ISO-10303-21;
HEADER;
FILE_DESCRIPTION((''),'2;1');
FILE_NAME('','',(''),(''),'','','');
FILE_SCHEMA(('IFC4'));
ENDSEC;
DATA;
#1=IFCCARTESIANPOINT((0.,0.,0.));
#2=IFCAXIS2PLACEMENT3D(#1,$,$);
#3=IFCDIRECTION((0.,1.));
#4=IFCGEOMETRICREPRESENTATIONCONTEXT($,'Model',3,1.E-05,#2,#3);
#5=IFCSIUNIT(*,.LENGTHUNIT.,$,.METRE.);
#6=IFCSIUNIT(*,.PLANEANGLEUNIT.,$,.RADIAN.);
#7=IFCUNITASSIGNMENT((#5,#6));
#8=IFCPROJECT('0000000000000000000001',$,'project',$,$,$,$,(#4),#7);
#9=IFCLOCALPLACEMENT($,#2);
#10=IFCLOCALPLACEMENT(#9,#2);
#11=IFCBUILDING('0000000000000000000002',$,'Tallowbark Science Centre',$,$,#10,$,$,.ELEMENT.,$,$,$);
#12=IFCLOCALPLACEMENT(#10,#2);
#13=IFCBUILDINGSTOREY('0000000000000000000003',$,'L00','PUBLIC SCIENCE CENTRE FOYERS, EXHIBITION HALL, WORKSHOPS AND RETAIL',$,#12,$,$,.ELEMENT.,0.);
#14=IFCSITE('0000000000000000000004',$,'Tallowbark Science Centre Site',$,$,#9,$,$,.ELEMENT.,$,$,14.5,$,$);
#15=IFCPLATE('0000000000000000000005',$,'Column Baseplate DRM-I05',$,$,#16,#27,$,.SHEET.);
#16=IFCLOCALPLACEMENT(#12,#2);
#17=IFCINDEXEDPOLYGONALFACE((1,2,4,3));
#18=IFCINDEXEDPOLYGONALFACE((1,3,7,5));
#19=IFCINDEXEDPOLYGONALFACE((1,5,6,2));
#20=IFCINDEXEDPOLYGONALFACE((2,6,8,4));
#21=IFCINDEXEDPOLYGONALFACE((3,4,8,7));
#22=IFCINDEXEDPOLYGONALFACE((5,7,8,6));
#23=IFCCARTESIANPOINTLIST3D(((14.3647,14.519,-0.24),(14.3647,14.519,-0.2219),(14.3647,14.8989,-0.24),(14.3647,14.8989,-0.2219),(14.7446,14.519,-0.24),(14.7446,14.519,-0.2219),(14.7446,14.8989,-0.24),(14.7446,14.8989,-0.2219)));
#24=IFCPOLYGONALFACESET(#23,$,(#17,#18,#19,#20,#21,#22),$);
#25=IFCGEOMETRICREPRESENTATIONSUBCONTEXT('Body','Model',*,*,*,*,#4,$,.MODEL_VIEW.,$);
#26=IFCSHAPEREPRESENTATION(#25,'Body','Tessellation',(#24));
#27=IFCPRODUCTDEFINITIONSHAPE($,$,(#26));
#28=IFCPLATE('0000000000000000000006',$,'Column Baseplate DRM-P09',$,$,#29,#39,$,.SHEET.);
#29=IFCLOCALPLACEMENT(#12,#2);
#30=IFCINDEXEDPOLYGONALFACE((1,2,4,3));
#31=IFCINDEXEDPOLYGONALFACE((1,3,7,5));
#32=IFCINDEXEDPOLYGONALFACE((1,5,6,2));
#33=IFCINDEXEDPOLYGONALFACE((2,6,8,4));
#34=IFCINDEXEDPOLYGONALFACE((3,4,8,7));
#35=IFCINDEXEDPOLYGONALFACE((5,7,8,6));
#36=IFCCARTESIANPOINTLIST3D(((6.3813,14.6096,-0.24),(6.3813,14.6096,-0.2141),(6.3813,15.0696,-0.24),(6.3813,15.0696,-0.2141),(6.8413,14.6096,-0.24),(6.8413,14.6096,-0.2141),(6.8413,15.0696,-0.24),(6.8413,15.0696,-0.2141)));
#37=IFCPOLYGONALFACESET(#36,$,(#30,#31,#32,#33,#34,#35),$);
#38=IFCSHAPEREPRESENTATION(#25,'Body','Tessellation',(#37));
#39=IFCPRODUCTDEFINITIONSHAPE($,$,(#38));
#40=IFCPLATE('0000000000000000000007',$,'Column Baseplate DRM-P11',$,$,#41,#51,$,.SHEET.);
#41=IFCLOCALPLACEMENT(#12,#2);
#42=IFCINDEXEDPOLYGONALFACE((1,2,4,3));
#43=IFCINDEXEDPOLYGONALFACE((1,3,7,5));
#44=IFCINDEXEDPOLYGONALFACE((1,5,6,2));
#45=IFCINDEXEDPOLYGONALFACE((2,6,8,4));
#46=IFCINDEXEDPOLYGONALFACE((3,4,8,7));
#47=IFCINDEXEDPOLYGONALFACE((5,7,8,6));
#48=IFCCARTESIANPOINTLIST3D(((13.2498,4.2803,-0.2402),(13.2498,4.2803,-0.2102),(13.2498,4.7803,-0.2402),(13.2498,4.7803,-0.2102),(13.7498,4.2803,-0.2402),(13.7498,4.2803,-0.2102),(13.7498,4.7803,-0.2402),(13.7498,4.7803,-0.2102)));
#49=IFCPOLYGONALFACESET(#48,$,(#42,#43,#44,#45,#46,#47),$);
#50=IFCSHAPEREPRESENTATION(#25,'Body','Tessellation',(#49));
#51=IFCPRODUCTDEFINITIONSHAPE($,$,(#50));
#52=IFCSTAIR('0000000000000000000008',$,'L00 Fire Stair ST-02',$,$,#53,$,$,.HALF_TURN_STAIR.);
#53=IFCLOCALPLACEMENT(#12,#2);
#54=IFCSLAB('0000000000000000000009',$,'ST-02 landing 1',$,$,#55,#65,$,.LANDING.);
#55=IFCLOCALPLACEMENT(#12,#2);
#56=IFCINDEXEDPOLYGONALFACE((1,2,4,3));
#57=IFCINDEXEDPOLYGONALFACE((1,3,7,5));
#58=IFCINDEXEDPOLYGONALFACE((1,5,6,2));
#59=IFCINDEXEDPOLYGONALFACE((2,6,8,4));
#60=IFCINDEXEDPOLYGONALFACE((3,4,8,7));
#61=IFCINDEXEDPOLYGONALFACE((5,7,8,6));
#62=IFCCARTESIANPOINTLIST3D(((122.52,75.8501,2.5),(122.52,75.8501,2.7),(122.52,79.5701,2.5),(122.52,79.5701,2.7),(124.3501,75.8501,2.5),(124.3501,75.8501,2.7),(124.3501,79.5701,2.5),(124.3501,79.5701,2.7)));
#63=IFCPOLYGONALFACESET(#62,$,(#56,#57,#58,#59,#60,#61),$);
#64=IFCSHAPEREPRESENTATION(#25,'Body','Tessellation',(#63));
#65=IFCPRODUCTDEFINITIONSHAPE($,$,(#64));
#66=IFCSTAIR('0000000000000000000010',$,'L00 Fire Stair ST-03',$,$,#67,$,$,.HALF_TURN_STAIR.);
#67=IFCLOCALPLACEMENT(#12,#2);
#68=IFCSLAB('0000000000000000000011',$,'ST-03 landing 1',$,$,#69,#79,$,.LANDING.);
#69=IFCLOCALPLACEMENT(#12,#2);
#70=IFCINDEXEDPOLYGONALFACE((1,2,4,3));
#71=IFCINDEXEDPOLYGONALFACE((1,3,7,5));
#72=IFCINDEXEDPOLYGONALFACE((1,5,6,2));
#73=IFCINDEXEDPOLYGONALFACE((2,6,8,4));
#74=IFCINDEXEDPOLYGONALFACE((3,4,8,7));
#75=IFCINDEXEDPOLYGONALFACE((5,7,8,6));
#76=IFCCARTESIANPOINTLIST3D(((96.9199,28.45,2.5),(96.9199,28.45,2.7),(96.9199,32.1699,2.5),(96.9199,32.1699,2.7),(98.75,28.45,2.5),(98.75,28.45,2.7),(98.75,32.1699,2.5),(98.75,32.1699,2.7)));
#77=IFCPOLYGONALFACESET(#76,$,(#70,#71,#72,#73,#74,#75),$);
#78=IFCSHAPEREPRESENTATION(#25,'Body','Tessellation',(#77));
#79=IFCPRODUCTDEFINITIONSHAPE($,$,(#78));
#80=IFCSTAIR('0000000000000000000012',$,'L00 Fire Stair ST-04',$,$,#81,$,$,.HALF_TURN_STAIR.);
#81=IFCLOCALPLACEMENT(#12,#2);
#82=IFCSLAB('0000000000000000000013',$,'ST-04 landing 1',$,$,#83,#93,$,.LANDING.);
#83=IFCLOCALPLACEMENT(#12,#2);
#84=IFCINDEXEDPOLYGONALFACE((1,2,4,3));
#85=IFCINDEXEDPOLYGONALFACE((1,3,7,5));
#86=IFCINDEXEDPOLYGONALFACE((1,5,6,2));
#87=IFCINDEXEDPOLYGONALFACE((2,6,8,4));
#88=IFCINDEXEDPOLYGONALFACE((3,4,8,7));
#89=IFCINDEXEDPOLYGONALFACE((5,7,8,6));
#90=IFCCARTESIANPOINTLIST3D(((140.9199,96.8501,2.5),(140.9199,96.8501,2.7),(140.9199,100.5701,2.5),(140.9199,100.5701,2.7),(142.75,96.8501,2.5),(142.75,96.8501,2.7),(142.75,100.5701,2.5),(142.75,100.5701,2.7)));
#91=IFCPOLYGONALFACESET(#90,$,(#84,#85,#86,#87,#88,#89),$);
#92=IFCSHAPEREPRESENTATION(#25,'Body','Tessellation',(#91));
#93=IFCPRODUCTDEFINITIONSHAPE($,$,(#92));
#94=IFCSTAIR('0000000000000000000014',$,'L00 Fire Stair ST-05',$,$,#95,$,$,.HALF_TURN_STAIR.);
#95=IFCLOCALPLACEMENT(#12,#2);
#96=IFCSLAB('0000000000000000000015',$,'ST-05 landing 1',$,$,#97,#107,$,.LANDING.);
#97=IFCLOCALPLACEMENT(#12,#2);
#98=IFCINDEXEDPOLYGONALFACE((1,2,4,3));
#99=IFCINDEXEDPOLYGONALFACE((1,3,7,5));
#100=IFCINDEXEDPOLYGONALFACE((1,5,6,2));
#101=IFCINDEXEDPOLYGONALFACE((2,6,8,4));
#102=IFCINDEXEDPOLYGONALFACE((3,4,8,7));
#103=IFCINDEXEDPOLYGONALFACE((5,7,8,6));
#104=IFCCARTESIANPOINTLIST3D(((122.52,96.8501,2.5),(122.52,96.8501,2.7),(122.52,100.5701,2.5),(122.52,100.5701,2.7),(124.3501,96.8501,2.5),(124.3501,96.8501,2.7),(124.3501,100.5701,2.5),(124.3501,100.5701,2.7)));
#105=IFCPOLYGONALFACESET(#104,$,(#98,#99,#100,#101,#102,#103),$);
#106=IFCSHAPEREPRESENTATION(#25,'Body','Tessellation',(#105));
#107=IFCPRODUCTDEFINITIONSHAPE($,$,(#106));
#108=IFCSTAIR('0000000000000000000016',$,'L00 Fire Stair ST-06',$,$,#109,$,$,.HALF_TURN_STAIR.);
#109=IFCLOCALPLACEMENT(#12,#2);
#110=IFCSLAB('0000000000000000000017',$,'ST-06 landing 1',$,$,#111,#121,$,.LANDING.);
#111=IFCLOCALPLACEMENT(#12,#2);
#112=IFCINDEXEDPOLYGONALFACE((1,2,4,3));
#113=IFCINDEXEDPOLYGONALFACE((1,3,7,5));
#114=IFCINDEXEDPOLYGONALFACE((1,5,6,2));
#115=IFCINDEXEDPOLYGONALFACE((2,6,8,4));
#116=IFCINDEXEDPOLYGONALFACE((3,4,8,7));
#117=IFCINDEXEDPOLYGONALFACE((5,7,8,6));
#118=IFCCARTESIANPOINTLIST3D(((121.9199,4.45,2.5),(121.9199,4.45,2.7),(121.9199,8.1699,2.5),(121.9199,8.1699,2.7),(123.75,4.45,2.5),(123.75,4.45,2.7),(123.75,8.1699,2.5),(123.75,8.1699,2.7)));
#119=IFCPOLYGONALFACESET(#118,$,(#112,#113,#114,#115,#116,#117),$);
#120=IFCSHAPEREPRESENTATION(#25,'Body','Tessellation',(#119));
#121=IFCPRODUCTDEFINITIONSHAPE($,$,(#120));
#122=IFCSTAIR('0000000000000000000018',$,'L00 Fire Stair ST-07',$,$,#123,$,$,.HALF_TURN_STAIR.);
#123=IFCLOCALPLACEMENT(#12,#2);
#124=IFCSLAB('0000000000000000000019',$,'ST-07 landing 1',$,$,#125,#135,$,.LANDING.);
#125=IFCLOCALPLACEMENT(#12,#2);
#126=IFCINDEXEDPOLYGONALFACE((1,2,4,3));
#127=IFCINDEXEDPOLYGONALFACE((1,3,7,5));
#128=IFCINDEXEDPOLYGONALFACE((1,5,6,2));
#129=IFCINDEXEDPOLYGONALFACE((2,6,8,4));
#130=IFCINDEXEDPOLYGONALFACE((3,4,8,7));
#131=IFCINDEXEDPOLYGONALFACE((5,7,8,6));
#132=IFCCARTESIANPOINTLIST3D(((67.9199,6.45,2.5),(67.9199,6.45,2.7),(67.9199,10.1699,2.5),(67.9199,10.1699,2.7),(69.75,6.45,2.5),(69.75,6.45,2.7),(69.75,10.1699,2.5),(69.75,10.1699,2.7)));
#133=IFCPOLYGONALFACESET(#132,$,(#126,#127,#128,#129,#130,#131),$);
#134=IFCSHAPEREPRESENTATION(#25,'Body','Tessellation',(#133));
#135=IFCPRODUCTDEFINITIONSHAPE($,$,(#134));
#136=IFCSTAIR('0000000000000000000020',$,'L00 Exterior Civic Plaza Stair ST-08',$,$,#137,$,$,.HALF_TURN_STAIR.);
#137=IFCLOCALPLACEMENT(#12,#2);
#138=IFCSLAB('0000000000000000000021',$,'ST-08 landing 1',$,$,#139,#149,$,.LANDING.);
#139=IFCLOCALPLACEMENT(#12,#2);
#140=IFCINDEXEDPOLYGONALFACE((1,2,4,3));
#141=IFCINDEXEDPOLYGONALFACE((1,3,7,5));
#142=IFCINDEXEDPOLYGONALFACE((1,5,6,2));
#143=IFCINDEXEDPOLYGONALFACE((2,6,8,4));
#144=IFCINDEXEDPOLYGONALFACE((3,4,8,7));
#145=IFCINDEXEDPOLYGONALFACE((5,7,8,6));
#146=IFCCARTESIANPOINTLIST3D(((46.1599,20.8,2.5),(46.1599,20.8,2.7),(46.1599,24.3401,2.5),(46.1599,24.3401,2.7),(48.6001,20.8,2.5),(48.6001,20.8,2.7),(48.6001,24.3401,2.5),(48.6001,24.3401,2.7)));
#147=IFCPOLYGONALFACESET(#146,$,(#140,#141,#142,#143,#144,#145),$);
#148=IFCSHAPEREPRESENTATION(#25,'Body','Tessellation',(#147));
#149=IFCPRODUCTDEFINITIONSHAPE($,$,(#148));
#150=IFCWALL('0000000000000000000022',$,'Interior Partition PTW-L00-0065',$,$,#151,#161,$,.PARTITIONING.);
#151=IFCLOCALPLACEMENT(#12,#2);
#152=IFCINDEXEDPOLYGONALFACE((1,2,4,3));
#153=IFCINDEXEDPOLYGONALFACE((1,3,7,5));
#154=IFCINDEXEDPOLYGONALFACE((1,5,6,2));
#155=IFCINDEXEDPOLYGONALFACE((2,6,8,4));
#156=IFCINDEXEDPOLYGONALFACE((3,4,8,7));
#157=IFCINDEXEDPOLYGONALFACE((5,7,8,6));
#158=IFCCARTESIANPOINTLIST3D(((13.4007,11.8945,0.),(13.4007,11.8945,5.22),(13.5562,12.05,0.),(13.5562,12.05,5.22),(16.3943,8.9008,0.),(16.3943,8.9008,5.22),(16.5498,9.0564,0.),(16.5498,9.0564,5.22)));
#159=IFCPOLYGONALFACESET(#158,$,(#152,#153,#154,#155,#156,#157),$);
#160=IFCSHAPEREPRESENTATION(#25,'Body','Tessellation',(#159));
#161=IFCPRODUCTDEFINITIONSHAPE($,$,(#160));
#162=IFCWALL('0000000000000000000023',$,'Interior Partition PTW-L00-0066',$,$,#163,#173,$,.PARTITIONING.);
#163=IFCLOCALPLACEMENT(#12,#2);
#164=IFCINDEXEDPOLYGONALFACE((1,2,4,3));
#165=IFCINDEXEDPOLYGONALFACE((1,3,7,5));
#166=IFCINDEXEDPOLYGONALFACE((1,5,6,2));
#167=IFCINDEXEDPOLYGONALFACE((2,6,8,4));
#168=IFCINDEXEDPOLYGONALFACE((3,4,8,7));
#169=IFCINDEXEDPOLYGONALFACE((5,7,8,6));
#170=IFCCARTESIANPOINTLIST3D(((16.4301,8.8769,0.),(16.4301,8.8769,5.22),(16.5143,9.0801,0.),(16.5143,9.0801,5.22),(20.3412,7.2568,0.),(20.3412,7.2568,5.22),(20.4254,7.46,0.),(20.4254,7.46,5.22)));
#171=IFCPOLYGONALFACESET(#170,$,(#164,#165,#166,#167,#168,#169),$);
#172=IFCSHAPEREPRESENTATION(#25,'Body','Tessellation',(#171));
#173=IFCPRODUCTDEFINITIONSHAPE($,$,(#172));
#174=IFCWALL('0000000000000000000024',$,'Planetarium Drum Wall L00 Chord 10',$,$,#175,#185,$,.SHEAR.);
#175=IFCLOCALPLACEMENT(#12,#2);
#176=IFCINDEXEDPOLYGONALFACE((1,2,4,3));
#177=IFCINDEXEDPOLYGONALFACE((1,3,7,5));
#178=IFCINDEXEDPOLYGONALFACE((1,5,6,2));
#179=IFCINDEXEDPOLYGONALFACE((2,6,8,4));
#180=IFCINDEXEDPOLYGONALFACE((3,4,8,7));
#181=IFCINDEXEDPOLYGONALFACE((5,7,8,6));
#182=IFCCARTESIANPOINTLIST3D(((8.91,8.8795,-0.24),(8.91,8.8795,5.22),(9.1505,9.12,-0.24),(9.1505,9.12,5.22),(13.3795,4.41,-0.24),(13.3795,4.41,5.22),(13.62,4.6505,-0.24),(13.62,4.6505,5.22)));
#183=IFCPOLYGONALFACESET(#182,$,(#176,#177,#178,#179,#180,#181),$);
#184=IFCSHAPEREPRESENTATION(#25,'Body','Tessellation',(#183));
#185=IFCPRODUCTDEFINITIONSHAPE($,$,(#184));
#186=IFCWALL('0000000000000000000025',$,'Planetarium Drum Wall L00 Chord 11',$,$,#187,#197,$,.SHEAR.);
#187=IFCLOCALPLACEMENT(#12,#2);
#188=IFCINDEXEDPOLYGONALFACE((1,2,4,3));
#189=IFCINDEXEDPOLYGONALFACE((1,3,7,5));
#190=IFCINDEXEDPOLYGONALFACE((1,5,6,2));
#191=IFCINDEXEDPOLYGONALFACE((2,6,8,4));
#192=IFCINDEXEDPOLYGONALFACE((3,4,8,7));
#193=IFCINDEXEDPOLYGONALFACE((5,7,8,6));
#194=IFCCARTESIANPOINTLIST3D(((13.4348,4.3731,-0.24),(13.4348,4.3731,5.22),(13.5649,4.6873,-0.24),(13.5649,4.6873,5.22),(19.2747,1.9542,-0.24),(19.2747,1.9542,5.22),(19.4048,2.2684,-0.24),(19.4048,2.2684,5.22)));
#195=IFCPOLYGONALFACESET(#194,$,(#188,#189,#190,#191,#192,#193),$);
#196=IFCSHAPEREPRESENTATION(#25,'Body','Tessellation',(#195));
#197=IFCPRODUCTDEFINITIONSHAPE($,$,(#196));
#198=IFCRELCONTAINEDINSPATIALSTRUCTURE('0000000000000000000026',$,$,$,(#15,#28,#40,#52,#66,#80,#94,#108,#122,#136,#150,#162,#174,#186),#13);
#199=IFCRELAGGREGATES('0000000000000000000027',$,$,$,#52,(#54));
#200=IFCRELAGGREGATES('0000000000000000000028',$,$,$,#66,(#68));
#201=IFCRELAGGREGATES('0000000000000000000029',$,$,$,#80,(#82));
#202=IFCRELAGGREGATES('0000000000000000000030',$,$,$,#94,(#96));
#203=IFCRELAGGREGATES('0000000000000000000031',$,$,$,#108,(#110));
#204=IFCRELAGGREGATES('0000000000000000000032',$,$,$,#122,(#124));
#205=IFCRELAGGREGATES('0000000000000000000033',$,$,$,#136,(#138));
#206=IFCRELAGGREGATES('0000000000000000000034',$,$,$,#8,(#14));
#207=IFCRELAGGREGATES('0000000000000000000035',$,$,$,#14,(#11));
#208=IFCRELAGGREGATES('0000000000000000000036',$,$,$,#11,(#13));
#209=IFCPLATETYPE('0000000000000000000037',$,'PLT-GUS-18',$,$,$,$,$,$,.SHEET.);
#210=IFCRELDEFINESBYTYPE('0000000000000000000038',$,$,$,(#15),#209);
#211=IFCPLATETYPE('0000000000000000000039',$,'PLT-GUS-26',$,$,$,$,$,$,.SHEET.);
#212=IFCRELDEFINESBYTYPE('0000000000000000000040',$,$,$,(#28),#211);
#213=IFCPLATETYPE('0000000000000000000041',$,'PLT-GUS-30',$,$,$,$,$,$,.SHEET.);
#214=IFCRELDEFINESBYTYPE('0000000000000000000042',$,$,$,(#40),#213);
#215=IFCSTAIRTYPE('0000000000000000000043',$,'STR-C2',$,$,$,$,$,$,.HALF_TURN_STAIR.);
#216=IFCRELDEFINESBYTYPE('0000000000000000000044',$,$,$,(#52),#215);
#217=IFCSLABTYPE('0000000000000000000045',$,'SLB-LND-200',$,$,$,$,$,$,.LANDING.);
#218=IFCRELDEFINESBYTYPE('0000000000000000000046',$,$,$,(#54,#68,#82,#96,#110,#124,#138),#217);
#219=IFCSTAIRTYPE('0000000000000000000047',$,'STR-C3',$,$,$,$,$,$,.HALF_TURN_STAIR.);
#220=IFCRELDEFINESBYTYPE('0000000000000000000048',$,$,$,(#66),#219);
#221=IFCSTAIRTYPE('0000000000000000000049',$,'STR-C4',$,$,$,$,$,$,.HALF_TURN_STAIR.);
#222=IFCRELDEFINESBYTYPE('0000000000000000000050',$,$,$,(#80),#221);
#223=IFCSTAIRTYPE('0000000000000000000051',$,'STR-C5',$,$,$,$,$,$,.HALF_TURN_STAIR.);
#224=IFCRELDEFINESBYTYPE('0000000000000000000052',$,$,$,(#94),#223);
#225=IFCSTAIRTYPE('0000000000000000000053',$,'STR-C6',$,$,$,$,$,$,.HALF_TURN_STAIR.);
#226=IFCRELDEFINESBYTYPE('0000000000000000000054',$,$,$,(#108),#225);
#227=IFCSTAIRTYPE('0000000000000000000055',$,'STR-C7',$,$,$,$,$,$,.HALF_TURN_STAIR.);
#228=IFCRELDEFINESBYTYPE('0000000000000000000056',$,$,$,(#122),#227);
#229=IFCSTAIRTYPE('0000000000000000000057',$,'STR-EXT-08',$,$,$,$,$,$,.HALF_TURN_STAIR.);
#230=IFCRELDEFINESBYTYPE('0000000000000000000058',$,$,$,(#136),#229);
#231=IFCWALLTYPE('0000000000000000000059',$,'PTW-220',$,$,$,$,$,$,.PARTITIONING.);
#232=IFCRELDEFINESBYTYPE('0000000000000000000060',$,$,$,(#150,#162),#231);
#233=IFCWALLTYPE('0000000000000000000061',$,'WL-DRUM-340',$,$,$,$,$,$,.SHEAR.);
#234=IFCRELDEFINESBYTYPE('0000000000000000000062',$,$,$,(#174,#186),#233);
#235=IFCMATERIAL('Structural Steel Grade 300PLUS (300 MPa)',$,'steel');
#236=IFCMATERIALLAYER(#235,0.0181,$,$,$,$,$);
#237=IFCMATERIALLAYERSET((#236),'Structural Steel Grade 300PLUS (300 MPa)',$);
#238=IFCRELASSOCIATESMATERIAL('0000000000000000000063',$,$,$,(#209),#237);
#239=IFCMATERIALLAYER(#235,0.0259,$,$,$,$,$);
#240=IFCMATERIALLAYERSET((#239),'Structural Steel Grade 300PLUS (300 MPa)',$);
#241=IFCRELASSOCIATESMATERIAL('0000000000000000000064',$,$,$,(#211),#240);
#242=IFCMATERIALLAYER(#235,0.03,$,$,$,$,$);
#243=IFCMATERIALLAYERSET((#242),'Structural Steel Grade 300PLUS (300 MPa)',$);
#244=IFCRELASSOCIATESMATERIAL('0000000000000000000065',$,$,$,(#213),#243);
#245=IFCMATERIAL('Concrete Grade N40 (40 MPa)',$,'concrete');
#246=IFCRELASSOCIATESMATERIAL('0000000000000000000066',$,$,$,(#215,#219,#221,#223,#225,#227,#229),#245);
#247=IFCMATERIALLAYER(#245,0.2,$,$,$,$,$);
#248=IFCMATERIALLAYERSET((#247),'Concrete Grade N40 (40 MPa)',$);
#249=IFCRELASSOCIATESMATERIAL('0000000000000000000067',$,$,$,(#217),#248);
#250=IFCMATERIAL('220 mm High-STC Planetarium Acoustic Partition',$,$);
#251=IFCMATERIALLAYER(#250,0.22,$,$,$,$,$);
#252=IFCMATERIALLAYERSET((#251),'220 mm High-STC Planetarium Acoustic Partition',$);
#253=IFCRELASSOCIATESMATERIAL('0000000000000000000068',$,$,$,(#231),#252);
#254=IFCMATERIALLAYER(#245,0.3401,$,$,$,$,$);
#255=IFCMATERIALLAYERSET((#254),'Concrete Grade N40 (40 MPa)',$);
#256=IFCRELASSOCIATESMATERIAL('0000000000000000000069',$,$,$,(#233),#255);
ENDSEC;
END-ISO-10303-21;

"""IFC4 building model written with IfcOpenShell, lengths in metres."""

from ifc_helpers import new_model, si_unit, direction, frame, frame_2d, origin, origin_2d, place, context, subcontext, project, spatial, polyline, rectangle, outline, extrude, material, layer, layer_set, type_object, element, aggregate, save


model = new_model("IFC4")

# Units and contexts
model_context = context("Model", 3, precision=1e-05, world=origin(), true_north=direction((0.0, 1.0)))
body_context = subcontext(model_context, "Body", "Model", "MODEL_VIEW")
ifc_project = project(units=[si_unit("LENGTHUNIT", "METRE"), si_unit("PLANEANGLEUNIT", "RADIAN")], contexts=[model_context])

# Site, building, storey
site_placement = place(None, origin())
site = spatial("IfcSite", under=ifc_project, at=site_placement, Name="Tallowbark Science Centre Site", CompositionType="ELEMENT", RefElevation=14.5)
building_placement = place(site_placement, origin())
building = spatial("IfcBuilding", under=site, at=building_placement, Name="Tallowbark Science Centre", CompositionType="ELEMENT")
storey_placement = place(building_placement, origin())
storey = spatial("IfcBuildingStorey", under=building, at=storey_placement, Name="L00", Description="PUBLIC SCIENCE CENTRE FOYERS, EXHIBITION HALL, WORKSHOPS AND RETAIL", CompositionType="ELEMENT", Elevation=0.0)

# Shared definitions
ifc_material_1 = material(Name="Concrete Grade N40 (40 MPa)", Category="concrete")

# Shared definitions
ifc_material_2 = material(Name="Structural Steel Grade 300PLUS (300 MPa)", Category="steel")

# Plates
ifc_layer_1 = layer(ifc_material_2, 0.0181)
ifc_layer_set_1 = layer_set([ifc_layer_1], Name="Structural Steel Grade 300PLUS (300 MPa)")
plate_type_1 = type_object("IfcPlateType", Name="PLT-GUS-18", PredefinedType="SHEET", material=ifc_layer_set_1)
plate_1_placement = place(storey_placement, frame((14.5547, 14.709, -0.24), z_axis=(0.0, 0.0, 1.0), x_axis=(1.0, 0.0, 0.0)))
element("IfcPlate", 1, at=plate_1_placement, inside=storey, type_object=plate_type_1, Name="Column Baseplate DRM-I05", PredefinedType="SHEET", context=body_context, shape_type="SweptSolid", body=[
    extrude(rectangle(XDim=0.3799, YDim=0.3799, at=origin_2d()), origin(), (0.0, 0.0, 1.0), 0.0181),
])
ifc_layer_2 = layer(ifc_material_2, 0.0259)
ifc_layer_set_2 = layer_set([ifc_layer_2], Name="Structural Steel Grade 300PLUS (300 MPa)")
plate_type_2 = type_object("IfcPlateType", Name="PLT-GUS-26", PredefinedType="SHEET", material=ifc_layer_set_2)
plate_2_placement = place(storey_placement, frame((6.6113, 14.8396, -0.24), z_axis=(0.0, 0.0, 1.0), x_axis=(1.0, 0.0, 0.0)))
element("IfcPlate", 2, at=plate_2_placement, inside=storey, type_object=plate_type_2, Name="Column Baseplate DRM-P09", PredefinedType="SHEET", context=body_context, shape_type="SweptSolid", body=[
    extrude(rectangle(XDim=0.46, YDim=0.46, at=origin_2d()), origin(), (0.0, 0.0, 1.0), 0.0259),
])
ifc_layer_3 = layer(ifc_material_2, 0.03)
ifc_layer_set_3 = layer_set([ifc_layer_3], Name="Structural Steel Grade 300PLUS (300 MPa)")
plate_type_3 = type_object("IfcPlateType", Name="PLT-GUS-30", PredefinedType="SHEET", material=ifc_layer_set_3)
plate_3_placement = place(storey_placement, frame((13.4998, 4.5303, -0.2402), z_axis=(0.0, 0.0, 1.0), x_axis=(1.0, 0.0, 0.0)))
element("IfcPlate", 3, at=plate_3_placement, inside=storey, type_object=plate_type_3, Name="Column Baseplate DRM-P11", PredefinedType="SHEET", context=body_context, shape_type="SweptSolid", body=[
    extrude(rectangle(XDim=0.5, YDim=0.5, at=origin_2d()), origin(), (0.0, 0.0, 1.0), 0.03),
])

# Stairs, slabs
stair_type_1 = type_object("IfcStairType", Name="STR-C2", PredefinedType="HALF_TURN_STAIR", material=ifc_material_1)
stair_1_placement = place(storey_placement, origin())
stair_1 = element("IfcStair", 4, at=stair_1_placement, inside=storey, type_object=stair_type_1, Name="L00 Fire Stair ST-02", PredefinedType="HALF_TURN_STAIR")
ifc_layer_4 = layer(ifc_material_1, 0.2)
ifc_layer_set_4 = layer_set([ifc_layer_4], Name="Concrete Grade N40 (40 MPa)")
slab_type = type_object("IfcSlabType", Name="SLB-LND-200", PredefinedType="LANDING", material=ifc_layer_set_4)
slab_1_placement = place(storey_placement, frame((0.0, 0.0, 2.5)))
slab_1 = element("IfcSlab", 5, at=slab_1_placement, type_object=slab_type, Name="ST-02 landing 1", PredefinedType="LANDING", context=body_context, shape_type="SweptSolid", body=[
    extrude(outline(polyline([(122.52, 75.8501), (124.3501, 75.8501), (124.3501, 79.5701), (122.52, 79.5701), (122.52, 75.8501)])), origin(), (0.0, 0.0, 1.0), 0.2),
])
aggregate(stair_1, [slab_1])
stair_type_2 = type_object("IfcStairType", Name="STR-C3", PredefinedType="HALF_TURN_STAIR", material=ifc_material_1)
stair_2_placement = place(storey_placement, origin())
stair_2 = element("IfcStair", 6, at=stair_2_placement, inside=storey, type_object=stair_type_2, Name="L00 Fire Stair ST-03", PredefinedType="HALF_TURN_STAIR")
slab_2_placement = place(storey_placement, frame((0.0, 0.0, 2.5)))
slab_2 = element("IfcSlab", 7, at=slab_2_placement, type_object=slab_type, Name="ST-03 landing 1", PredefinedType="LANDING", context=body_context, shape_type="SweptSolid", body=[
    extrude(outline(polyline([(96.9199, 28.45), (98.75, 28.45), (98.75, 32.1699), (96.9199, 32.1699), (96.9199, 28.45)])), origin(), (0.0, 0.0, 1.0), 0.2),
])
aggregate(stair_2, [slab_2])
stair_type_3 = type_object("IfcStairType", Name="STR-C4", PredefinedType="HALF_TURN_STAIR", material=ifc_material_1)
stair_3_placement = place(storey_placement, origin())
stair_3 = element("IfcStair", 8, at=stair_3_placement, inside=storey, type_object=stair_type_3, Name="L00 Fire Stair ST-04", PredefinedType="HALF_TURN_STAIR")
slab_3_placement = place(storey_placement, frame((0.0, 0.0, 2.5)))
slab_3 = element("IfcSlab", 9, at=slab_3_placement, type_object=slab_type, Name="ST-04 landing 1", PredefinedType="LANDING", context=body_context, shape_type="SweptSolid", body=[
    extrude(outline(polyline([(140.9199, 96.8501), (142.75, 96.8501), (142.75, 100.5701), (140.9199, 100.5701), (140.9199, 96.8501)])), origin(), (0.0, 0.0, 1.0), 0.2),
])
aggregate(stair_3, [slab_3])
stair_type_4 = type_object("IfcStairType", Name="STR-C5", PredefinedType="HALF_TURN_STAIR", material=ifc_material_1)
stair_4_placement = place(storey_placement, origin())
stair_4 = element("IfcStair", 10, at=stair_4_placement, inside=storey, type_object=stair_type_4, Name="L00 Fire Stair ST-05", PredefinedType="HALF_TURN_STAIR")
slab_4_placement = place(storey_placement, frame((0.0, 0.0, 2.5)))
slab_4 = element("IfcSlab", 11, at=slab_4_placement, type_object=slab_type, Name="ST-05 landing 1", PredefinedType="LANDING", context=body_context, shape_type="SweptSolid", body=[
    extrude(outline(polyline([(122.52, 96.8501), (124.3501, 96.8501), (124.3501, 100.5701), (122.52, 100.5701), (122.52, 96.8501)])), origin(), (0.0, 0.0, 1.0), 0.2),
])
aggregate(stair_4, [slab_4])
stair_type_5 = type_object("IfcStairType", Name="STR-C6", PredefinedType="HALF_TURN_STAIR", material=ifc_material_1)
stair_5_placement = place(storey_placement, origin())
stair_5 = element("IfcStair", 12, at=stair_5_placement, inside=storey, type_object=stair_type_5, Name="L00 Fire Stair ST-06", PredefinedType="HALF_TURN_STAIR")
slab_5_placement = place(storey_placement, frame((0.0, 0.0, 2.5)))
slab_5 = element("IfcSlab", 13, at=slab_5_placement, type_object=slab_type, Name="ST-06 landing 1", PredefinedType="LANDING", context=body_context, shape_type="SweptSolid", body=[
    extrude(outline(polyline([(121.9199, 4.45), (123.75, 4.45), (123.75, 8.1699), (121.9199, 8.1699), (121.9199, 4.45)])), origin(), (0.0, 0.0, 1.0), 0.2),
])
aggregate(stair_5, [slab_5])
stair_type_6 = type_object("IfcStairType", Name="STR-C7", PredefinedType="HALF_TURN_STAIR", material=ifc_material_1)
stair_6_placement = place(storey_placement, origin())
stair_6 = element("IfcStair", 14, at=stair_6_placement, inside=storey, type_object=stair_type_6, Name="L00 Fire Stair ST-07", PredefinedType="HALF_TURN_STAIR")
slab_6_placement = place(storey_placement, frame((0.0, 0.0, 2.5)))
slab_6 = element("IfcSlab", 15, at=slab_6_placement, type_object=slab_type, Name="ST-07 landing 1", PredefinedType="LANDING", context=body_context, shape_type="SweptSolid", body=[
    extrude(outline(polyline([(67.9199, 6.45), (69.75, 6.45), (69.75, 10.1699), (67.9199, 10.1699), (67.9199, 6.45)])), origin(), (0.0, 0.0, 1.0), 0.2),
])
aggregate(stair_6, [slab_6])
stair_type_7 = type_object("IfcStairType", Name="STR-EXT-08", PredefinedType="HALF_TURN_STAIR", material=ifc_material_1)
stair_7_placement = place(storey_placement, origin())
stair_7 = element("IfcStair", 16, at=stair_7_placement, inside=storey, type_object=stair_type_7, Name="L00 Exterior Civic Plaza Stair ST-08", PredefinedType="HALF_TURN_STAIR")
slab_7_placement = place(storey_placement, frame((0.0, 0.0, 2.5)))
slab_7 = element("IfcSlab", 17, at=slab_7_placement, type_object=slab_type, Name="ST-08 landing 1", PredefinedType="LANDING", context=body_context, shape_type="SweptSolid", body=[
    extrude(outline(polyline([(46.1599, 20.8), (48.6001, 20.8), (48.6001, 24.3401), (46.1599, 24.3401), (46.1599, 20.8)])), origin(), (0.0, 0.0, 1.0), 0.2),
])
aggregate(stair_7, [slab_7])

# Walls
ifc_material_3 = material(Name="220 mm High-STC Planetarium Acoustic Partition")
ifc_layer_5 = layer(ifc_material_3, 0.22)
ifc_layer_set_5 = layer_set([ifc_layer_5], Name="220 mm High-STC Planetarium Acoustic Partition")
wall_type_1 = type_object("IfcWallType", Name="PTW-220", PredefinedType="PARTITIONING", material=ifc_layer_set_5)
wall_1_placement = place(storey_placement, frame((13.4785, 11.9722, 0.0), z_axis=(0.0, 0.0, 1.0), x_axis=(0.707107, -0.707107, 0.0)))
element("IfcWall", 18, at=wall_1_placement, inside=storey, type_object=wall_type_1, Name="Interior Partition PTW-L00-0065", PredefinedType="PARTITIONING", context=body_context, shape_type="SweptSolid", body=[
    extrude(rectangle(XDim=4.2336, YDim=0.22, at=frame_2d((2.1167, 0.0))), origin(), (0.0, 0.0, 1.0), 5.22),
])
wall_2_placement = place(storey_placement, frame((16.4722, 8.9785, 0.0), z_axis=(0.0, 0.0, 1.0), x_axis=(0.923873, -0.382698, 0.0)))
element("IfcWall", 19, at=wall_2_placement, inside=storey, type_object=wall_type_1, Name="Interior Partition PTW-L00-0066", PredefinedType="PARTITIONING", context=body_context, shape_type="SweptSolid", body=[
    extrude(rectangle(XDim=4.2334, YDim=0.22, at=frame_2d((2.1167, 0.0))), origin(), (0.0, 0.0, 1.0), 5.22),
])
ifc_layer_6 = layer(ifc_material_1, 0.3401)
ifc_layer_set_6 = layer_set([ifc_layer_6], Name="Concrete Grade N40 (40 MPa)")
wall_type_2 = type_object("IfcWallType", Name="WL-DRUM-340", PredefinedType="SHEAR", material=ifc_layer_set_6)
wall_3_placement = place(storey_placement, frame((9.0303, 8.9998, -0.24), z_axis=(0.0, 0.0, 1.0), x_axis=(0.707107, -0.707107, 0.0)))
element("IfcWall", 20, at=wall_3_placement, inside=storey, type_object=wall_type_2, Name="Planetarium Drum Wall L00 Chord 10", PredefinedType="SHEAR", context=body_context, shape_type="SweptSolid", body=[
    extrude(rectangle(XDim=6.3208, YDim=0.3401, at=frame_2d((3.1604, 0.0))), origin(), (0.0, 0.0, 1.0), 5.46),
])
wall_4_placement = place(storey_placement, frame((13.4998, 4.5303, -0.24), z_axis=(0.0, 0.0, 1.0), x_axis=(0.923879, -0.382684, 0.0)))
element("IfcWall", 21, at=wall_4_placement, inside=storey, type_object=wall_type_2, Name="Planetarium Drum Wall L00 Chord 11", PredefinedType="SHEAR", context=body_context, shape_type="SweptSolid", body=[
    extrude(rectangle(XDim=6.321, YDim=0.3401, at=frame_2d((3.1606, 0.0))), origin(), (0.0, 0.0, 1.0), 5.46),
])

save(model, "model.ifc")
